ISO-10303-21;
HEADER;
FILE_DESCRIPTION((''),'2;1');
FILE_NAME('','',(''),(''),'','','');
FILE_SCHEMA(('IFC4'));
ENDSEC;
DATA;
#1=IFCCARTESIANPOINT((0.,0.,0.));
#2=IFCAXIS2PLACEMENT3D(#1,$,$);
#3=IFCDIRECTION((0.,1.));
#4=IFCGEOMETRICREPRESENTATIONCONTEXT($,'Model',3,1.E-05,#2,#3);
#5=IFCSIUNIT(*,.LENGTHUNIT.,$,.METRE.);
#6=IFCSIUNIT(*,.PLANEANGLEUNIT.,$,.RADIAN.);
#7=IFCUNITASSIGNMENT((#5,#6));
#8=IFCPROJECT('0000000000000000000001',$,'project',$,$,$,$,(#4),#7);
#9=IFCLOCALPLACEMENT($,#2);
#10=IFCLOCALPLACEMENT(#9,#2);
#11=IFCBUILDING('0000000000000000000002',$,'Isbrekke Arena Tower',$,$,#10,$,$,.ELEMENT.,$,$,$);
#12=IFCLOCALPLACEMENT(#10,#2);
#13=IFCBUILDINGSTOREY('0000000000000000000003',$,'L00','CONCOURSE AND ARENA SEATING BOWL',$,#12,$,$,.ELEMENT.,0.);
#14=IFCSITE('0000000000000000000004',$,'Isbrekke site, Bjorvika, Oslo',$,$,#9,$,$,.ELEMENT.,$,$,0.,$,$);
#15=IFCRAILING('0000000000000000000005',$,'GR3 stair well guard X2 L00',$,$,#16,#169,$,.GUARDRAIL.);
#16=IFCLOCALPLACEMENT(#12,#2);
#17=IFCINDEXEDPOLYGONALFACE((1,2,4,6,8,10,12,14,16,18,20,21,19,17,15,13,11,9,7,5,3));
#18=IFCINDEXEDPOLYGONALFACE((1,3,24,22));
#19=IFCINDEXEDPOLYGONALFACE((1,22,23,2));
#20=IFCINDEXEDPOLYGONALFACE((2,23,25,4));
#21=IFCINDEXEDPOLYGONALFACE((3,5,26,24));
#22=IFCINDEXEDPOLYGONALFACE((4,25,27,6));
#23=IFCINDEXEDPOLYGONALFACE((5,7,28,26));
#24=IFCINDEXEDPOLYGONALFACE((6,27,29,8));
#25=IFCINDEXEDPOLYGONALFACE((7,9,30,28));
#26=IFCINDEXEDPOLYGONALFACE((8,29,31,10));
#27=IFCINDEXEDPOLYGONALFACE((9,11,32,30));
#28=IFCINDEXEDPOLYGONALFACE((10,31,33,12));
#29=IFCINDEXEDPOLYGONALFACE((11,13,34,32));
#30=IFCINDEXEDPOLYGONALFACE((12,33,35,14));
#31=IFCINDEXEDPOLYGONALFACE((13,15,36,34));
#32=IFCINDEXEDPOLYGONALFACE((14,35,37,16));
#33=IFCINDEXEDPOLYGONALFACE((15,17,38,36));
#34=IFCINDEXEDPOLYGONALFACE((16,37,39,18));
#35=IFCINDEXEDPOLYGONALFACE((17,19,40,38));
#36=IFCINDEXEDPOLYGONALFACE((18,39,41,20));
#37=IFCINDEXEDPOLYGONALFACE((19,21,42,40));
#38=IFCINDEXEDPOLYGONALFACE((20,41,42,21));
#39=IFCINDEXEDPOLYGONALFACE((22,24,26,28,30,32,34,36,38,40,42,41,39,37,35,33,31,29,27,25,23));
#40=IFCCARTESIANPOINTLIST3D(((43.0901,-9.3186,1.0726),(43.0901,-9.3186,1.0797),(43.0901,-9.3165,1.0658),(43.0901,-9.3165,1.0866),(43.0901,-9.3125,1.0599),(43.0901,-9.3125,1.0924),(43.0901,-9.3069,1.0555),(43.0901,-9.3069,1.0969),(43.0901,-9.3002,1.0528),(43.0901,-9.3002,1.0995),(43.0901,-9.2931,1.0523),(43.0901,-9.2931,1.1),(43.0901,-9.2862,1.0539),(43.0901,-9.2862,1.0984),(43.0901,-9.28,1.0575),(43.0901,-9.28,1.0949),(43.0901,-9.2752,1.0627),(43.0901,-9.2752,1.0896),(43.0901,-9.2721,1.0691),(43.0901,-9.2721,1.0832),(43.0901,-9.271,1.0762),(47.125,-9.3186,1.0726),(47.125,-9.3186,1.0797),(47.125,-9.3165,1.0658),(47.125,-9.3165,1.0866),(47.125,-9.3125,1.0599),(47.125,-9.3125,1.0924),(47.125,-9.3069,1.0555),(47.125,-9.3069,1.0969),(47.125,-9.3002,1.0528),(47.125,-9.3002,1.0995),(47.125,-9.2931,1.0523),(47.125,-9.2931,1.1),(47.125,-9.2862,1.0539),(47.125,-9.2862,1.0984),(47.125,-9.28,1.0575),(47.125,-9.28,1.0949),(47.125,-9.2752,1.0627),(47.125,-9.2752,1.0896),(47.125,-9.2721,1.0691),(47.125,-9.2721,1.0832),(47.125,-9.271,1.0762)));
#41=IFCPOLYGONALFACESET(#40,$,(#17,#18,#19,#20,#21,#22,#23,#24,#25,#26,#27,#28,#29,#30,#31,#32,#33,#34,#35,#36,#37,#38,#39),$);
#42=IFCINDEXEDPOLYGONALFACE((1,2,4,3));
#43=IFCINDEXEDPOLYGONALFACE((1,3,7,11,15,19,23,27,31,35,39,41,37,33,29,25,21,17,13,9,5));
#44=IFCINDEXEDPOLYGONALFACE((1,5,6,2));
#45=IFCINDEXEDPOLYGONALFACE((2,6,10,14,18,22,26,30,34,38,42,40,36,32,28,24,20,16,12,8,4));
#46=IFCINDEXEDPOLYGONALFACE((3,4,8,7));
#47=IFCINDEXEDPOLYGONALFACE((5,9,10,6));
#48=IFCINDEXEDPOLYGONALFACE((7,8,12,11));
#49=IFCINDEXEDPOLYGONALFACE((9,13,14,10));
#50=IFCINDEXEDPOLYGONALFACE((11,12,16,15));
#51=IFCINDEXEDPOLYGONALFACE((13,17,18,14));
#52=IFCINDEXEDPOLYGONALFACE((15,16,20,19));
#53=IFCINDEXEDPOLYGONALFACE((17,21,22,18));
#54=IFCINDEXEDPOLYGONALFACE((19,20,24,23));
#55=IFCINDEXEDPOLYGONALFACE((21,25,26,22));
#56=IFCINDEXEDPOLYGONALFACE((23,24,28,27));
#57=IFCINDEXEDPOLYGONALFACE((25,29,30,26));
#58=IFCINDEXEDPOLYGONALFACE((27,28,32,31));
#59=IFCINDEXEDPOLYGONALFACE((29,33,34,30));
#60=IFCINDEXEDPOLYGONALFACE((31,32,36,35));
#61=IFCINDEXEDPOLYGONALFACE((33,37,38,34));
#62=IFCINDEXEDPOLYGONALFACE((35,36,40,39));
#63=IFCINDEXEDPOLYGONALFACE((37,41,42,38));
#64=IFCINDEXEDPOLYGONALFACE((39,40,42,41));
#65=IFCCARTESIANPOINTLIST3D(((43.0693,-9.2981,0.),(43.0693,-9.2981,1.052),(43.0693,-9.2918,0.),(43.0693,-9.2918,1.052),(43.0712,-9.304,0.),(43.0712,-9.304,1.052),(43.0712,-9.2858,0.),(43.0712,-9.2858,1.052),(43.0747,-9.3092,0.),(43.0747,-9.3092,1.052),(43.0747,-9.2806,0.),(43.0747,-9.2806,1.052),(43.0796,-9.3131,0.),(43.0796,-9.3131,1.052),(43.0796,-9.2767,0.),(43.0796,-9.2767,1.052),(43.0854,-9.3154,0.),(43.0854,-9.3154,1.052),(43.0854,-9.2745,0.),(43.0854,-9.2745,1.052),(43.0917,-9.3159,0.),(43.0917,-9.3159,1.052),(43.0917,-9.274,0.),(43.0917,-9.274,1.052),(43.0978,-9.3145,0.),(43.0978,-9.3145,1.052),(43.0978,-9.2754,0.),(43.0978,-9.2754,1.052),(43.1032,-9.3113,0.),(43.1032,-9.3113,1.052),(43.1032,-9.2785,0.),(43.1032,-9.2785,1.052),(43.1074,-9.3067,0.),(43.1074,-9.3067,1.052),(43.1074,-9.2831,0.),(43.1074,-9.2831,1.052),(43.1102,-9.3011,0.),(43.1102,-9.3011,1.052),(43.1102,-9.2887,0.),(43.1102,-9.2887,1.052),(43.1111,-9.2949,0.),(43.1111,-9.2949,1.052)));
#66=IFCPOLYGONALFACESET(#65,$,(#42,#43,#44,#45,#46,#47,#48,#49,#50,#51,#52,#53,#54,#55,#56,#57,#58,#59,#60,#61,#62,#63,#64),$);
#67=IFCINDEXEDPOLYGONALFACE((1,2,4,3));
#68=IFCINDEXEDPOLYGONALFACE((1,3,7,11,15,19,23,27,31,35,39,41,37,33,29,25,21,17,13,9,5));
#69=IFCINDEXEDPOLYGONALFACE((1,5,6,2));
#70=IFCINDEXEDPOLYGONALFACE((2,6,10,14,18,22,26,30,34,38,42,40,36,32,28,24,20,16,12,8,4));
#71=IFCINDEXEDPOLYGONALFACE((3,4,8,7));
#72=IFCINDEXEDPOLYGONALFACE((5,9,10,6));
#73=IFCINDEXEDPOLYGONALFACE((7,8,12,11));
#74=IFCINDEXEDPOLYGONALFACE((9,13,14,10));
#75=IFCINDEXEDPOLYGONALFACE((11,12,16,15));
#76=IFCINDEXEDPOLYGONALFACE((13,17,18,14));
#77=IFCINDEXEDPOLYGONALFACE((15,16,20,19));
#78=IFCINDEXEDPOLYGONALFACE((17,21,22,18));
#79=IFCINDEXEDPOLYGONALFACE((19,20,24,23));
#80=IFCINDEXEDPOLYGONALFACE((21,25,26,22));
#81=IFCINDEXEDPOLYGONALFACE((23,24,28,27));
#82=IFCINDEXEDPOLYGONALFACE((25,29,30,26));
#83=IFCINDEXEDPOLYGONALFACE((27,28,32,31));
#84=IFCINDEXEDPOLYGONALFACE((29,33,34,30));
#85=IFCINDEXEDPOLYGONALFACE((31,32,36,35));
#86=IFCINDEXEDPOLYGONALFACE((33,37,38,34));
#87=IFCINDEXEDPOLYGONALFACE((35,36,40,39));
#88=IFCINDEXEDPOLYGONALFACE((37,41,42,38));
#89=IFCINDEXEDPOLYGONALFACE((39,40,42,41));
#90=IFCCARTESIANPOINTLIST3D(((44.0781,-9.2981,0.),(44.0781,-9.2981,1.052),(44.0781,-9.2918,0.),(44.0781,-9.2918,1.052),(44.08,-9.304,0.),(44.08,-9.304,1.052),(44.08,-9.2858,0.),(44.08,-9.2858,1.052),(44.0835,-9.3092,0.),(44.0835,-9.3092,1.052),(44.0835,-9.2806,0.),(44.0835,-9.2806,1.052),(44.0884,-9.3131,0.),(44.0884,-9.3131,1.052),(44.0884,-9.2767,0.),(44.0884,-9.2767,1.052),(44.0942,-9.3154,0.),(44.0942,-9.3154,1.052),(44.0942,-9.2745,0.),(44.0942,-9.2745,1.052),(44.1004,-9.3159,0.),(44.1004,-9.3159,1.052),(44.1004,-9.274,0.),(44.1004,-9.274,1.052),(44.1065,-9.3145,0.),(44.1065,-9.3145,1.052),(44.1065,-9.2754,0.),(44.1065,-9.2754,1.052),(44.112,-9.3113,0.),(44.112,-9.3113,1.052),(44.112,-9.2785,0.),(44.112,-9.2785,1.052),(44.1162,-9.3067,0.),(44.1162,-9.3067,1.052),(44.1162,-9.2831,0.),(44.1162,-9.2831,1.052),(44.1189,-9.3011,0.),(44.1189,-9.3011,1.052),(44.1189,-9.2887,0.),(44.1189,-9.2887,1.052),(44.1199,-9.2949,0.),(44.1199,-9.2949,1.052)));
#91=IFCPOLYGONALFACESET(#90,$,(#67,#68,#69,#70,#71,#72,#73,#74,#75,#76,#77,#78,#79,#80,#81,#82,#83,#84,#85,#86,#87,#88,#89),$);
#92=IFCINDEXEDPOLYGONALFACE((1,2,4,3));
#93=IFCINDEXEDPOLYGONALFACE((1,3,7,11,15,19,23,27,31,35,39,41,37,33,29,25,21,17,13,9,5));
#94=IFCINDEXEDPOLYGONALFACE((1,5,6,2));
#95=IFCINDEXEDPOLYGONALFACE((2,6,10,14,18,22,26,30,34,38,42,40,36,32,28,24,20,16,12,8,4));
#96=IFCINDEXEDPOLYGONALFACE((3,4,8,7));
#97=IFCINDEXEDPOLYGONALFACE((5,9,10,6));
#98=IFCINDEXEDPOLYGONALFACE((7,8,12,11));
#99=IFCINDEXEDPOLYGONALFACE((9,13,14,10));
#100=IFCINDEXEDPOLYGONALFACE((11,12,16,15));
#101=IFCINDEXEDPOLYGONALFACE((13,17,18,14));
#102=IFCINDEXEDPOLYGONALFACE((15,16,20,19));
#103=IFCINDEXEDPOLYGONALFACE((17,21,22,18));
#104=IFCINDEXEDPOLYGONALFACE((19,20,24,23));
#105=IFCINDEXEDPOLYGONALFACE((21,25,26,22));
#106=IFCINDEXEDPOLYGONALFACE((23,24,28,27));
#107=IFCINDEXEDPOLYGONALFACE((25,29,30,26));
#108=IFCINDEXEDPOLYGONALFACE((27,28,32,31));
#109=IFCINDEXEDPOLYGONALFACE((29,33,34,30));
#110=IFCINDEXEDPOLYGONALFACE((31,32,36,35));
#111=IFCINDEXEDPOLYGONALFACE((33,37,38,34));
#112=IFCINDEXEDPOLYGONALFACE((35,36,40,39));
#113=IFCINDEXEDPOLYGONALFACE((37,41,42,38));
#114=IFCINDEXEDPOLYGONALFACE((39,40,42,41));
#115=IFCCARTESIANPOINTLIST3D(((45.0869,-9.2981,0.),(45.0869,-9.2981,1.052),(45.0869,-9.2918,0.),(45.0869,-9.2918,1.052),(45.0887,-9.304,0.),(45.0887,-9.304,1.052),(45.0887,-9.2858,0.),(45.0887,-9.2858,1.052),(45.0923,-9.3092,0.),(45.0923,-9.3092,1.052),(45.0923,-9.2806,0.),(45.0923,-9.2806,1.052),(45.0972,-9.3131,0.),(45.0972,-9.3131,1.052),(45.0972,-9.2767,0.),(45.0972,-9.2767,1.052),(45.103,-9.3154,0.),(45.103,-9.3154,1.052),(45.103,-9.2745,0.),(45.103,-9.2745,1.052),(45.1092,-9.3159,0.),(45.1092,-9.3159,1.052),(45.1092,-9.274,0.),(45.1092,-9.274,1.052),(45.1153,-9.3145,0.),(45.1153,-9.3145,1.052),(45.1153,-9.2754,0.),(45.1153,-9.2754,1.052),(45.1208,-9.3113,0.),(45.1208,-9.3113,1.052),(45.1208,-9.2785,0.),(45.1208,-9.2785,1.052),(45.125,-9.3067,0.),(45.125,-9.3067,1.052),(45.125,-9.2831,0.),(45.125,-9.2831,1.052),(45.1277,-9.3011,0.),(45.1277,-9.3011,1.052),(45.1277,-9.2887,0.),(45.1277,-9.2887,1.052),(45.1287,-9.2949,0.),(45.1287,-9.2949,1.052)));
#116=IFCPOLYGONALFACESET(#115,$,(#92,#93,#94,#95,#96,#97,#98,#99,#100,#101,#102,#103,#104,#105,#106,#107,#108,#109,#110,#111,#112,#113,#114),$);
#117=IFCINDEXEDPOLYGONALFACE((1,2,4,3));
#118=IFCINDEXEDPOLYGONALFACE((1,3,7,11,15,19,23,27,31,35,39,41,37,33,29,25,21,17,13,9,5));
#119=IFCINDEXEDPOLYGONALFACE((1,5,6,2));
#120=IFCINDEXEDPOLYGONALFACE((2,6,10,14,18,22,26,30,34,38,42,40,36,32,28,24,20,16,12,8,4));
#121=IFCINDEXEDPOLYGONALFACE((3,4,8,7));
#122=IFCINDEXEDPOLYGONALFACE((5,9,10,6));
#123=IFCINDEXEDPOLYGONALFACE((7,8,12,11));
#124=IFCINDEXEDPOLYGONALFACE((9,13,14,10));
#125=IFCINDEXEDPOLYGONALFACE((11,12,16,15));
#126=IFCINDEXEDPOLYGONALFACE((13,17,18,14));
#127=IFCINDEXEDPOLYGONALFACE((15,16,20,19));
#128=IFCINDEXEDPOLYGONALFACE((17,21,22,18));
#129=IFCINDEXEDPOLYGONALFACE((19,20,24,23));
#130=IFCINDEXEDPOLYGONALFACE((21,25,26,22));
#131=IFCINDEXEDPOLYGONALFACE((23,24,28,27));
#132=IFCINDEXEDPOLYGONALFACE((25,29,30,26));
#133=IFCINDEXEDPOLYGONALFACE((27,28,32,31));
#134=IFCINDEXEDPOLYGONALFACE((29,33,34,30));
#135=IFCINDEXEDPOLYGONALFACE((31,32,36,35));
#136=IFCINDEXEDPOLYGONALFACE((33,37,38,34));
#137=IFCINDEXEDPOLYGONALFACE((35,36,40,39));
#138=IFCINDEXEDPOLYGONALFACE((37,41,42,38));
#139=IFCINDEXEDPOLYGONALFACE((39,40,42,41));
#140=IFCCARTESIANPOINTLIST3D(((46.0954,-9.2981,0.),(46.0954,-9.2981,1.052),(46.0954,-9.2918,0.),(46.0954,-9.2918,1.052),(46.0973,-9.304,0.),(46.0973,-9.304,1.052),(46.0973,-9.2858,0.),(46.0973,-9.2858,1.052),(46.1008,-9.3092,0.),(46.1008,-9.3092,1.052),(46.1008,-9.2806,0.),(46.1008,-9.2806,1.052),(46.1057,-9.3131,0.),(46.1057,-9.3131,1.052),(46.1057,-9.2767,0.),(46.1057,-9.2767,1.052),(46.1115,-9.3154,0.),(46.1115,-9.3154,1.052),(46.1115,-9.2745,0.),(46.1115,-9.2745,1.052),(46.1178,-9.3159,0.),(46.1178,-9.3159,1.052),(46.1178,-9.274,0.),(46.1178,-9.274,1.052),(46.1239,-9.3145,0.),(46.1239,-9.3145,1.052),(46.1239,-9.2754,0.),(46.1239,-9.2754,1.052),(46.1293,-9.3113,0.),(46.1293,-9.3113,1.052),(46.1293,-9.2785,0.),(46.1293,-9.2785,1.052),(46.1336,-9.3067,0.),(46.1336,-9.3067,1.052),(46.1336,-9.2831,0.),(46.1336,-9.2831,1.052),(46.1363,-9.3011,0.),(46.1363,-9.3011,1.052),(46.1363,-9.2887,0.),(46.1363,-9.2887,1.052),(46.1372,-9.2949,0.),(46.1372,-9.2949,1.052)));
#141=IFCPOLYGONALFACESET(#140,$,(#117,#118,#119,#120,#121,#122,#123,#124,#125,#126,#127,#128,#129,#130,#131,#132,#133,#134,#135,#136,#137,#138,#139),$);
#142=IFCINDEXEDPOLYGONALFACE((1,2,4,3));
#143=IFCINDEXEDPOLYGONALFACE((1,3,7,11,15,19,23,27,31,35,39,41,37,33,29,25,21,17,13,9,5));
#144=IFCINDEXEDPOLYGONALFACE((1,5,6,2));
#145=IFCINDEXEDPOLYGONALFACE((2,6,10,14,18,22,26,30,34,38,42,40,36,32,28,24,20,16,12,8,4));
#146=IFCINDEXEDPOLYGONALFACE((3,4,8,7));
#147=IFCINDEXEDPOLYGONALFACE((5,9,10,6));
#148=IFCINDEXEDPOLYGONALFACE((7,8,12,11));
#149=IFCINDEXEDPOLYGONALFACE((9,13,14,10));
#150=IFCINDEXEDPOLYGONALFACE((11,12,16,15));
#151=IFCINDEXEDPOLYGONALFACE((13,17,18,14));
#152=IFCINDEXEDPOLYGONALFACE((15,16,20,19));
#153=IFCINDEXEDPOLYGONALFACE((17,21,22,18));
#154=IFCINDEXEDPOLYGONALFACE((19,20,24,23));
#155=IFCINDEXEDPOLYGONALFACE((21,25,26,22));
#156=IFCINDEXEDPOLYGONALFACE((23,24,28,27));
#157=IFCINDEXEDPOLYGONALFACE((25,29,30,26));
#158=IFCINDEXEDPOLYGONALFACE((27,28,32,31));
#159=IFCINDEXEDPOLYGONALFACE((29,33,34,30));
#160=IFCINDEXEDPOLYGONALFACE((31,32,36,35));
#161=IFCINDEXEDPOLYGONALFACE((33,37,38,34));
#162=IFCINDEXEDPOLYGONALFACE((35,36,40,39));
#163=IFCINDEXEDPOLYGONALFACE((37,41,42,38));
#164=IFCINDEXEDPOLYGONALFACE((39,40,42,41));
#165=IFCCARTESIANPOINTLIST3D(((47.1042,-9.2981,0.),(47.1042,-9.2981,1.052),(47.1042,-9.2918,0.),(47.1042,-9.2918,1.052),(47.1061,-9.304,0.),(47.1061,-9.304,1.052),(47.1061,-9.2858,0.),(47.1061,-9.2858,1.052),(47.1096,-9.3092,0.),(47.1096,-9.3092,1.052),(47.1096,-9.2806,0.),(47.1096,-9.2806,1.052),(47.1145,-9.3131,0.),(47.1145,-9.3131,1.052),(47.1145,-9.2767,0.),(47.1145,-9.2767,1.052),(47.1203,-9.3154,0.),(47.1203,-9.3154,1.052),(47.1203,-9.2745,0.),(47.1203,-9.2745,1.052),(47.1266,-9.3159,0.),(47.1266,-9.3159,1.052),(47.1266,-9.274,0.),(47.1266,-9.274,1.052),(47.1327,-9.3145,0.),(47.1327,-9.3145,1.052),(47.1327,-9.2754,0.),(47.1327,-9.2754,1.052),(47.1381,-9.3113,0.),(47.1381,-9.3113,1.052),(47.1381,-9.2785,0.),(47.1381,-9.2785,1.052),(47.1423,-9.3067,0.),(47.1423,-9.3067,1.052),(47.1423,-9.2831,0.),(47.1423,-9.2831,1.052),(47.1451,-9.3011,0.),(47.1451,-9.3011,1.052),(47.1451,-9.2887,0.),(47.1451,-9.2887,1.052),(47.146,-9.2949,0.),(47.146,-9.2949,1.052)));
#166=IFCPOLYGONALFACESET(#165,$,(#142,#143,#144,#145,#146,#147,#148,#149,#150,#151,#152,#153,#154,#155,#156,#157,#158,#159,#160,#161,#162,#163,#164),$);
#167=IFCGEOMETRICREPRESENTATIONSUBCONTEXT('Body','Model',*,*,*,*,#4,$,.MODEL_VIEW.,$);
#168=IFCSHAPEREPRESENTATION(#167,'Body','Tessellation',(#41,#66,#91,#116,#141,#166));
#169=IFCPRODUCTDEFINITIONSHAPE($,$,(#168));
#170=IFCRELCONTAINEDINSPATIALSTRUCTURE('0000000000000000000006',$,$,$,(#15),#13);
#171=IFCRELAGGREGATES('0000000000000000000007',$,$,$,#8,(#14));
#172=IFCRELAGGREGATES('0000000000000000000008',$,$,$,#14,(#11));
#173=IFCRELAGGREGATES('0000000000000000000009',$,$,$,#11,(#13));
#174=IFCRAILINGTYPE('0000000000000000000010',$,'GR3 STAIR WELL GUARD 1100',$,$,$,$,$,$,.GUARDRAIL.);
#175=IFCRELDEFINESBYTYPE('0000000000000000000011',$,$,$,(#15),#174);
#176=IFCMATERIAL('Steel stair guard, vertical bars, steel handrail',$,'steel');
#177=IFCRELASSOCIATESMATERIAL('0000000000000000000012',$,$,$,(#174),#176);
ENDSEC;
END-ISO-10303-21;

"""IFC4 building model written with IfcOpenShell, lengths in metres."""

from ifc_helpers import new_model, si_unit, direction, frame, origin, origin_2d, place, context, subcontext, project, spatial, circle, extrude, material, type_object, element, save


model = new_model("IFC4")

# Units and contexts
model_context = context("Model", 3, precision=1e-05, world=origin(), true_north=direction((0.0, 1.0)))
body_context = subcontext(model_context, "Body", "Model", "MODEL_VIEW")
ifc_project = project(units=[si_unit("LENGTHUNIT", "METRE"), si_unit("PLANEANGLEUNIT", "RADIAN")], contexts=[model_context])

# Site, building, storey
site_placement = place(None, origin())
site = spatial("IfcSite", under=ifc_project, at=site_placement, Name="Isbrekke site, Bjorvika, Oslo", CompositionType="ELEMENT", RefElevation=0.0)
building_placement = place(site_placement, origin())
building = spatial("IfcBuilding", under=site, at=building_placement, Name="Isbrekke Arena Tower", CompositionType="ELEMENT")
storey_placement = place(building_placement, origin())
storey = spatial("IfcBuildingStorey", under=building, at=storey_placement, Name="L00", Description="CONCOURSE AND ARENA SEATING BOWL", CompositionType="ELEMENT", Elevation=0.0)

# Railing
ifc_material_1 = material(Name="Steel stair guard, vertical bars, steel handrail", Category="steel")
railing_type_1 = type_object("IfcRailingType", Name="GR3 STAIR WELL GUARD 1100", PredefinedType="GUARDRAIL", material=ifc_material_1)
for number, where, name in (
    (1, (43.0901, -9.2949, 0.0), "GR3 stair well guard X2 L00"),
):
    element("IfcRailing", number, at=place(storey_placement, frame(where)), inside=storey, type_object=railing_type_1, Name=name, PredefinedType="GUARDRAIL", context=body_context, shape_type="SweptSolid", body=[
        extrude(circle(Radius=0.0239, at=origin_2d()), frame((0.0, 0.0, 1.0762), z_axis=(1.0, 0.0, 0.0), x_axis=(0.0, 1.0, 0.0)), (0.0, 0.0, 1.0), 4.0349),
        extrude(circle(Radius=0.021, at=origin_2d()), origin(), (0.0, 0.0, 1.0), 1.052),
        extrude(circle(Radius=0.021, at=origin_2d()), frame((1.0088, 0.0, 0.0)), (0.0, 0.0, 1.0), 1.052),
        extrude(circle(Radius=0.021, at=origin_2d()), frame((2.0176, 0.0, 0.0)), (0.0, 0.0, 1.0), 1.052),
        extrude(circle(Radius=0.021, at=origin_2d()), frame((3.0261, 0.0, 0.0)), (0.0, 0.0, 1.0), 1.052),
        extrude(circle(Radius=0.021, at=origin_2d()), frame((4.0349, 0.0, 0.0)), (0.0, 0.0, 1.0), 1.052),
    ])

save(model, "model.ifc")
